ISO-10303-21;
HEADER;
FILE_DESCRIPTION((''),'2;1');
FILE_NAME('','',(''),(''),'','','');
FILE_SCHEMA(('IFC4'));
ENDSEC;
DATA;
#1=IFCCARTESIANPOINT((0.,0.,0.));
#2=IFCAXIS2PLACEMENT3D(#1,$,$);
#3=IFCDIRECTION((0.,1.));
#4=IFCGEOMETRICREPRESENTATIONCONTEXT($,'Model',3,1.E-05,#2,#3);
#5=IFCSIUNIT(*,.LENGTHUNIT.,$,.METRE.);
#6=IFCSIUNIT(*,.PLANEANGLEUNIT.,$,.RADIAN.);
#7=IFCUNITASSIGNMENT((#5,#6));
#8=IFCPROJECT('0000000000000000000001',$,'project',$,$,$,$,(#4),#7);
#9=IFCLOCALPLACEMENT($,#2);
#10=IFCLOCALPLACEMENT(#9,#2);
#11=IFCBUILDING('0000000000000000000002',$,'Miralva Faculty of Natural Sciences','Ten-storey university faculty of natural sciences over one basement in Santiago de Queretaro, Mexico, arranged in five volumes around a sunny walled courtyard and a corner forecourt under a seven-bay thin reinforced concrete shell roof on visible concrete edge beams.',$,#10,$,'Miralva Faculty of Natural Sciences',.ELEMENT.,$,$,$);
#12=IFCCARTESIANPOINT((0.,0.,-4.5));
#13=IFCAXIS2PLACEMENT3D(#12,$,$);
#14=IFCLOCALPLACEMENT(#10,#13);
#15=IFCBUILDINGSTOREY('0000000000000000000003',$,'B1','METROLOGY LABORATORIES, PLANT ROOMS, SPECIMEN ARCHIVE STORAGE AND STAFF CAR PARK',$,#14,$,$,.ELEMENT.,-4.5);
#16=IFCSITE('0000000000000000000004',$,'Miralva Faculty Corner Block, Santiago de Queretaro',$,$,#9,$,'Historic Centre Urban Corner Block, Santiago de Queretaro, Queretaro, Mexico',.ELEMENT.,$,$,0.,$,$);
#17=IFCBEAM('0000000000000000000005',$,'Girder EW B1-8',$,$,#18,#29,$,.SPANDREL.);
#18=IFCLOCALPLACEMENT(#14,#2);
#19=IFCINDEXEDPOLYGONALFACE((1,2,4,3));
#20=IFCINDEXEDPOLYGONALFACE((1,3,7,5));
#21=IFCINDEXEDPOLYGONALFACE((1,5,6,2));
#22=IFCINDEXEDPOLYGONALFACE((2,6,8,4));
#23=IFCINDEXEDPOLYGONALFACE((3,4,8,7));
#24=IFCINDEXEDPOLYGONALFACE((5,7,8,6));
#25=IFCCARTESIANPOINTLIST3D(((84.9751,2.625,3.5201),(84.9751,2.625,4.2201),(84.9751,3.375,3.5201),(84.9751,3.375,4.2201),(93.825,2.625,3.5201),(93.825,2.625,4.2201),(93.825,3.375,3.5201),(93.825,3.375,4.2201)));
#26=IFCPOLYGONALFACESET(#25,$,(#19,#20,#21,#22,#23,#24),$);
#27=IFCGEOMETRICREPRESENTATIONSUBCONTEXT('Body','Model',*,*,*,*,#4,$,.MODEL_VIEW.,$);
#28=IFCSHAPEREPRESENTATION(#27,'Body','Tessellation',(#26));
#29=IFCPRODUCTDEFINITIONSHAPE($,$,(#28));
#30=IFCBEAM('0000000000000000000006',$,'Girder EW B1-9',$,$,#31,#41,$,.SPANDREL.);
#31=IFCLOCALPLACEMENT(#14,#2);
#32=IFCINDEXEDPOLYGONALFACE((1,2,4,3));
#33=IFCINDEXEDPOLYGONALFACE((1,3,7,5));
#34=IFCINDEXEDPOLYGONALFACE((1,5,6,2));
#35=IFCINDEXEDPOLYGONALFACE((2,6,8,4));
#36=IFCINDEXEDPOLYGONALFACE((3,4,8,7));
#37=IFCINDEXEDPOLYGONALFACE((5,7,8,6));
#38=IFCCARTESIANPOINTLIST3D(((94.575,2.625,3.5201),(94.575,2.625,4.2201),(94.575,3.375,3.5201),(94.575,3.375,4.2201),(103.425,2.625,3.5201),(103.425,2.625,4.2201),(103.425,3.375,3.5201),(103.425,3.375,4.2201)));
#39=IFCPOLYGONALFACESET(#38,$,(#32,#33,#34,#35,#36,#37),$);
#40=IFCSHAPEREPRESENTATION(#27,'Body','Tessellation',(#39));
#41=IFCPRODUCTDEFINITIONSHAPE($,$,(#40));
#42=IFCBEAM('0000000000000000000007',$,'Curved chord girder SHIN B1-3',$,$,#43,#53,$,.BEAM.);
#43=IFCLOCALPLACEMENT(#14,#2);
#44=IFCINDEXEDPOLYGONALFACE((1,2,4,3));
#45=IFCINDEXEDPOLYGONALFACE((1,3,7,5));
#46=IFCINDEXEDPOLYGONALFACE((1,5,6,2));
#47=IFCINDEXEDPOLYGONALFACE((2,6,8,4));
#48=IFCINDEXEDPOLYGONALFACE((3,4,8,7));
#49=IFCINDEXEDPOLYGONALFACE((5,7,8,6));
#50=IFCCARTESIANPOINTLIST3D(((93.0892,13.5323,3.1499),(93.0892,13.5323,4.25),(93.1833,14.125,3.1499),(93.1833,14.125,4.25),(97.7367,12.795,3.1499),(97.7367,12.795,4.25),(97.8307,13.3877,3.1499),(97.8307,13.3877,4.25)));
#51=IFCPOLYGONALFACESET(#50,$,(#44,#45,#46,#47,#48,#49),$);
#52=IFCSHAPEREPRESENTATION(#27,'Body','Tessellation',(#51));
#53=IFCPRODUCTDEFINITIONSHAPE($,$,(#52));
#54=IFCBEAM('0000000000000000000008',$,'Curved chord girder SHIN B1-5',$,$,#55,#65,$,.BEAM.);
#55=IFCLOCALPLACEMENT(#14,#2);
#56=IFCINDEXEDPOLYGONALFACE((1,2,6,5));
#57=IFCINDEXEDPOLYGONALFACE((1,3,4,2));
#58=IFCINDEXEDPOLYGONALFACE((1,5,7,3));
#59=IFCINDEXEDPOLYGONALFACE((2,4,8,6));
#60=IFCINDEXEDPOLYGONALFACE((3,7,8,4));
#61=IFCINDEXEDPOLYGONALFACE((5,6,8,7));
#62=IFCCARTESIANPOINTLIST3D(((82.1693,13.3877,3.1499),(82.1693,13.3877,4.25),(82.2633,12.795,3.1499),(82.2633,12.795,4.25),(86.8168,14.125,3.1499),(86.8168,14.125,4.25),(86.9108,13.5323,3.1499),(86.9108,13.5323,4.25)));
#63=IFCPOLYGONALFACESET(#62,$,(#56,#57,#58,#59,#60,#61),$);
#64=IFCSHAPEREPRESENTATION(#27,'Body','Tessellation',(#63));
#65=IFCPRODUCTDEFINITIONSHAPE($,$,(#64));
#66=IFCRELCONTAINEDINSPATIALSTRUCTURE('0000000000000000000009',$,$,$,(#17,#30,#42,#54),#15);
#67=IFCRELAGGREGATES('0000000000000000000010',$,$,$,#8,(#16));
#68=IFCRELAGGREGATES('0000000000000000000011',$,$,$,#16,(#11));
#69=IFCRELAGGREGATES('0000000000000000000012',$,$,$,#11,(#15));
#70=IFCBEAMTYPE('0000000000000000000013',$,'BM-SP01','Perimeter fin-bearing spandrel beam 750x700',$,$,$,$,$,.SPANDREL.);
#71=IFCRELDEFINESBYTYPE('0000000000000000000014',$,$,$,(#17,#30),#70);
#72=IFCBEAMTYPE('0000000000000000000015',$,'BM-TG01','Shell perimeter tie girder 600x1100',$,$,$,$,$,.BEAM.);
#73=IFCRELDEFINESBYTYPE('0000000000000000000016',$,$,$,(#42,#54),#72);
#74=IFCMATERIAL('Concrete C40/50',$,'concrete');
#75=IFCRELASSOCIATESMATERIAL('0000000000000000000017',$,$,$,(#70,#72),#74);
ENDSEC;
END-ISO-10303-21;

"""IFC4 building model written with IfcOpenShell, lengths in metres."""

from ifc_helpers import new_model, si_unit, direction, frame, origin, origin_2d, place, context, subcontext, project, spatial, rectangle, extrude, material, material_profile, profile_set, type_object, element, save


model = new_model("IFC4")

# Units and contexts
model_context = context("Model", 3, precision=1e-05, world=origin(), true_north=direction((0.0, 1.0)))
body_context = subcontext(model_context, "Body", "Model", "MODEL_VIEW")
ifc_project = project(units=[si_unit("LENGTHUNIT", "METRE"), si_unit("PLANEANGLEUNIT", "RADIAN")], contexts=[model_context])

# Site, building, storey
site_placement = place(None, origin())
site = spatial("IfcSite", under=ifc_project, at=site_placement, Name="Miralva Faculty Corner Block, Santiago de Queretaro", LongName="Historic Centre Urban Corner Block, Santiago de Queretaro, Queretaro, Mexico", CompositionType="ELEMENT", RefElevation=0.0)
building_placement = place(site_placement, origin())
building = spatial("IfcBuilding", under=site, at=building_placement, Name="Miralva Faculty of Natural Sciences", Description="Ten-storey university faculty of natural sciences over one basement in Santiago de Queretaro, Mexico, arranged in five volumes around a sunny walled courtyard and a corner forecourt under a seven-bay thin reinforced concrete shell roof on visible concrete edge beams.", LongName="Miralva Faculty of Natural Sciences", CompositionType="ELEMENT")
storey_placement = place(building_placement, frame((0.0, 0.0, -4.5)))
storey = spatial("IfcBuildingStorey", under=building, at=storey_placement, Name="B1", Description="METROLOGY LABORATORIES, PLANT ROOMS, SPECIMEN ARCHIVE STORAGE AND STAFF CAR PARK", CompositionType="ELEMENT", Elevation=-4.5)

# Shared definitions
ifc_material_1 = material(Name="Concrete C40/50", Category="concrete")

# Beams
ifc_material_profile_1 = material_profile(ifc_material_1, rectangle(XDim=0.75, YDim=0.7, at=origin_2d()), Name="RC 750x700")
ifc_profile_set_1 = profile_set([ifc_material_profile_1], Name="Concrete C40/50")
beam_type_1 = type_object("IfcBeamType", Name="BM-SP01", Description="Perimeter fin-bearing spandrel beam 750x700", PredefinedType="SPANDREL", material=ifc_profile_set_1)
beam_1_placement = place(storey_placement, frame((84.9751, 3.0, 3.8701), z_axis=(1.0, 0.0, 0.0), x_axis=(0.0, 1.0, 0.0)))
element("IfcBeam", 1, at=beam_1_placement, inside=storey, type_object=beam_type_1, Name="Girder EW B1-8", PredefinedType="SPANDREL", context=body_context, shape_type="SweptSolid", body=[
    extrude(rectangle(XDim=0.75, YDim=0.7, at=origin_2d()), origin(), (0.0, 0.0, 1.0), 8.8499),
])
beam_2_placement = place(storey_placement, frame((94.575, 3.0, 3.8701), z_axis=(1.0, 0.0, 0.0), x_axis=(0.0, 1.0, 0.0)))
element("IfcBeam", 2, at=beam_2_placement, inside=storey, type_object=beam_type_1, Name="Girder EW B1-9", PredefinedType="SPANDREL", context=body_context, shape_type="SweptSolid", body=[
    extrude(rectangle(XDim=0.75, YDim=0.7, at=origin_2d()), origin(), (0.0, 0.0, 1.0), 8.8501),
])
ifc_material_profile_2 = material_profile(ifc_material_1, rectangle(XDim=0.6001, YDim=1.1001, at=origin_2d()), Name="RC 600x1100")
ifc_profile_set_2 = profile_set([ifc_material_profile_2], Name="Concrete C40/50")
beam_type_2 = type_object("IfcBeamType", Name="BM-TG01", Description="Shell perimeter tie girder 600x1100", PredefinedType="BEAM", material=ifc_profile_set_2)
for number, where, z_axis, x_axis, name in (
    (3, (97.7837, 13.0913, 3.7), (-0.987648, 0.156687, 0.0), (-0.156687, -0.987648, 0.0), "Curved chord girder SHIN B1-3"),
    (4, (86.8638, 13.8286, 3.7), (-0.987648, -0.156687, 0.0), (0.156687, -0.987648, 0.0), "Curved chord girder SHIN B1-5"),
):
    element("IfcBeam", number, at=place(storey_placement, frame(where, z_axis=z_axis, x_axis=x_axis)), inside=storey, type_object=beam_type_2, Name=name, PredefinedType="BEAM", context=body_context, shape_type="SweptSolid", body=[
        extrude(rectangle(XDim=0.6001, YDim=1.1001, at=origin_2d()), origin(), (0.0, 0.0, 1.0), 4.7056),
    ])

save(model, "model.ifc")
